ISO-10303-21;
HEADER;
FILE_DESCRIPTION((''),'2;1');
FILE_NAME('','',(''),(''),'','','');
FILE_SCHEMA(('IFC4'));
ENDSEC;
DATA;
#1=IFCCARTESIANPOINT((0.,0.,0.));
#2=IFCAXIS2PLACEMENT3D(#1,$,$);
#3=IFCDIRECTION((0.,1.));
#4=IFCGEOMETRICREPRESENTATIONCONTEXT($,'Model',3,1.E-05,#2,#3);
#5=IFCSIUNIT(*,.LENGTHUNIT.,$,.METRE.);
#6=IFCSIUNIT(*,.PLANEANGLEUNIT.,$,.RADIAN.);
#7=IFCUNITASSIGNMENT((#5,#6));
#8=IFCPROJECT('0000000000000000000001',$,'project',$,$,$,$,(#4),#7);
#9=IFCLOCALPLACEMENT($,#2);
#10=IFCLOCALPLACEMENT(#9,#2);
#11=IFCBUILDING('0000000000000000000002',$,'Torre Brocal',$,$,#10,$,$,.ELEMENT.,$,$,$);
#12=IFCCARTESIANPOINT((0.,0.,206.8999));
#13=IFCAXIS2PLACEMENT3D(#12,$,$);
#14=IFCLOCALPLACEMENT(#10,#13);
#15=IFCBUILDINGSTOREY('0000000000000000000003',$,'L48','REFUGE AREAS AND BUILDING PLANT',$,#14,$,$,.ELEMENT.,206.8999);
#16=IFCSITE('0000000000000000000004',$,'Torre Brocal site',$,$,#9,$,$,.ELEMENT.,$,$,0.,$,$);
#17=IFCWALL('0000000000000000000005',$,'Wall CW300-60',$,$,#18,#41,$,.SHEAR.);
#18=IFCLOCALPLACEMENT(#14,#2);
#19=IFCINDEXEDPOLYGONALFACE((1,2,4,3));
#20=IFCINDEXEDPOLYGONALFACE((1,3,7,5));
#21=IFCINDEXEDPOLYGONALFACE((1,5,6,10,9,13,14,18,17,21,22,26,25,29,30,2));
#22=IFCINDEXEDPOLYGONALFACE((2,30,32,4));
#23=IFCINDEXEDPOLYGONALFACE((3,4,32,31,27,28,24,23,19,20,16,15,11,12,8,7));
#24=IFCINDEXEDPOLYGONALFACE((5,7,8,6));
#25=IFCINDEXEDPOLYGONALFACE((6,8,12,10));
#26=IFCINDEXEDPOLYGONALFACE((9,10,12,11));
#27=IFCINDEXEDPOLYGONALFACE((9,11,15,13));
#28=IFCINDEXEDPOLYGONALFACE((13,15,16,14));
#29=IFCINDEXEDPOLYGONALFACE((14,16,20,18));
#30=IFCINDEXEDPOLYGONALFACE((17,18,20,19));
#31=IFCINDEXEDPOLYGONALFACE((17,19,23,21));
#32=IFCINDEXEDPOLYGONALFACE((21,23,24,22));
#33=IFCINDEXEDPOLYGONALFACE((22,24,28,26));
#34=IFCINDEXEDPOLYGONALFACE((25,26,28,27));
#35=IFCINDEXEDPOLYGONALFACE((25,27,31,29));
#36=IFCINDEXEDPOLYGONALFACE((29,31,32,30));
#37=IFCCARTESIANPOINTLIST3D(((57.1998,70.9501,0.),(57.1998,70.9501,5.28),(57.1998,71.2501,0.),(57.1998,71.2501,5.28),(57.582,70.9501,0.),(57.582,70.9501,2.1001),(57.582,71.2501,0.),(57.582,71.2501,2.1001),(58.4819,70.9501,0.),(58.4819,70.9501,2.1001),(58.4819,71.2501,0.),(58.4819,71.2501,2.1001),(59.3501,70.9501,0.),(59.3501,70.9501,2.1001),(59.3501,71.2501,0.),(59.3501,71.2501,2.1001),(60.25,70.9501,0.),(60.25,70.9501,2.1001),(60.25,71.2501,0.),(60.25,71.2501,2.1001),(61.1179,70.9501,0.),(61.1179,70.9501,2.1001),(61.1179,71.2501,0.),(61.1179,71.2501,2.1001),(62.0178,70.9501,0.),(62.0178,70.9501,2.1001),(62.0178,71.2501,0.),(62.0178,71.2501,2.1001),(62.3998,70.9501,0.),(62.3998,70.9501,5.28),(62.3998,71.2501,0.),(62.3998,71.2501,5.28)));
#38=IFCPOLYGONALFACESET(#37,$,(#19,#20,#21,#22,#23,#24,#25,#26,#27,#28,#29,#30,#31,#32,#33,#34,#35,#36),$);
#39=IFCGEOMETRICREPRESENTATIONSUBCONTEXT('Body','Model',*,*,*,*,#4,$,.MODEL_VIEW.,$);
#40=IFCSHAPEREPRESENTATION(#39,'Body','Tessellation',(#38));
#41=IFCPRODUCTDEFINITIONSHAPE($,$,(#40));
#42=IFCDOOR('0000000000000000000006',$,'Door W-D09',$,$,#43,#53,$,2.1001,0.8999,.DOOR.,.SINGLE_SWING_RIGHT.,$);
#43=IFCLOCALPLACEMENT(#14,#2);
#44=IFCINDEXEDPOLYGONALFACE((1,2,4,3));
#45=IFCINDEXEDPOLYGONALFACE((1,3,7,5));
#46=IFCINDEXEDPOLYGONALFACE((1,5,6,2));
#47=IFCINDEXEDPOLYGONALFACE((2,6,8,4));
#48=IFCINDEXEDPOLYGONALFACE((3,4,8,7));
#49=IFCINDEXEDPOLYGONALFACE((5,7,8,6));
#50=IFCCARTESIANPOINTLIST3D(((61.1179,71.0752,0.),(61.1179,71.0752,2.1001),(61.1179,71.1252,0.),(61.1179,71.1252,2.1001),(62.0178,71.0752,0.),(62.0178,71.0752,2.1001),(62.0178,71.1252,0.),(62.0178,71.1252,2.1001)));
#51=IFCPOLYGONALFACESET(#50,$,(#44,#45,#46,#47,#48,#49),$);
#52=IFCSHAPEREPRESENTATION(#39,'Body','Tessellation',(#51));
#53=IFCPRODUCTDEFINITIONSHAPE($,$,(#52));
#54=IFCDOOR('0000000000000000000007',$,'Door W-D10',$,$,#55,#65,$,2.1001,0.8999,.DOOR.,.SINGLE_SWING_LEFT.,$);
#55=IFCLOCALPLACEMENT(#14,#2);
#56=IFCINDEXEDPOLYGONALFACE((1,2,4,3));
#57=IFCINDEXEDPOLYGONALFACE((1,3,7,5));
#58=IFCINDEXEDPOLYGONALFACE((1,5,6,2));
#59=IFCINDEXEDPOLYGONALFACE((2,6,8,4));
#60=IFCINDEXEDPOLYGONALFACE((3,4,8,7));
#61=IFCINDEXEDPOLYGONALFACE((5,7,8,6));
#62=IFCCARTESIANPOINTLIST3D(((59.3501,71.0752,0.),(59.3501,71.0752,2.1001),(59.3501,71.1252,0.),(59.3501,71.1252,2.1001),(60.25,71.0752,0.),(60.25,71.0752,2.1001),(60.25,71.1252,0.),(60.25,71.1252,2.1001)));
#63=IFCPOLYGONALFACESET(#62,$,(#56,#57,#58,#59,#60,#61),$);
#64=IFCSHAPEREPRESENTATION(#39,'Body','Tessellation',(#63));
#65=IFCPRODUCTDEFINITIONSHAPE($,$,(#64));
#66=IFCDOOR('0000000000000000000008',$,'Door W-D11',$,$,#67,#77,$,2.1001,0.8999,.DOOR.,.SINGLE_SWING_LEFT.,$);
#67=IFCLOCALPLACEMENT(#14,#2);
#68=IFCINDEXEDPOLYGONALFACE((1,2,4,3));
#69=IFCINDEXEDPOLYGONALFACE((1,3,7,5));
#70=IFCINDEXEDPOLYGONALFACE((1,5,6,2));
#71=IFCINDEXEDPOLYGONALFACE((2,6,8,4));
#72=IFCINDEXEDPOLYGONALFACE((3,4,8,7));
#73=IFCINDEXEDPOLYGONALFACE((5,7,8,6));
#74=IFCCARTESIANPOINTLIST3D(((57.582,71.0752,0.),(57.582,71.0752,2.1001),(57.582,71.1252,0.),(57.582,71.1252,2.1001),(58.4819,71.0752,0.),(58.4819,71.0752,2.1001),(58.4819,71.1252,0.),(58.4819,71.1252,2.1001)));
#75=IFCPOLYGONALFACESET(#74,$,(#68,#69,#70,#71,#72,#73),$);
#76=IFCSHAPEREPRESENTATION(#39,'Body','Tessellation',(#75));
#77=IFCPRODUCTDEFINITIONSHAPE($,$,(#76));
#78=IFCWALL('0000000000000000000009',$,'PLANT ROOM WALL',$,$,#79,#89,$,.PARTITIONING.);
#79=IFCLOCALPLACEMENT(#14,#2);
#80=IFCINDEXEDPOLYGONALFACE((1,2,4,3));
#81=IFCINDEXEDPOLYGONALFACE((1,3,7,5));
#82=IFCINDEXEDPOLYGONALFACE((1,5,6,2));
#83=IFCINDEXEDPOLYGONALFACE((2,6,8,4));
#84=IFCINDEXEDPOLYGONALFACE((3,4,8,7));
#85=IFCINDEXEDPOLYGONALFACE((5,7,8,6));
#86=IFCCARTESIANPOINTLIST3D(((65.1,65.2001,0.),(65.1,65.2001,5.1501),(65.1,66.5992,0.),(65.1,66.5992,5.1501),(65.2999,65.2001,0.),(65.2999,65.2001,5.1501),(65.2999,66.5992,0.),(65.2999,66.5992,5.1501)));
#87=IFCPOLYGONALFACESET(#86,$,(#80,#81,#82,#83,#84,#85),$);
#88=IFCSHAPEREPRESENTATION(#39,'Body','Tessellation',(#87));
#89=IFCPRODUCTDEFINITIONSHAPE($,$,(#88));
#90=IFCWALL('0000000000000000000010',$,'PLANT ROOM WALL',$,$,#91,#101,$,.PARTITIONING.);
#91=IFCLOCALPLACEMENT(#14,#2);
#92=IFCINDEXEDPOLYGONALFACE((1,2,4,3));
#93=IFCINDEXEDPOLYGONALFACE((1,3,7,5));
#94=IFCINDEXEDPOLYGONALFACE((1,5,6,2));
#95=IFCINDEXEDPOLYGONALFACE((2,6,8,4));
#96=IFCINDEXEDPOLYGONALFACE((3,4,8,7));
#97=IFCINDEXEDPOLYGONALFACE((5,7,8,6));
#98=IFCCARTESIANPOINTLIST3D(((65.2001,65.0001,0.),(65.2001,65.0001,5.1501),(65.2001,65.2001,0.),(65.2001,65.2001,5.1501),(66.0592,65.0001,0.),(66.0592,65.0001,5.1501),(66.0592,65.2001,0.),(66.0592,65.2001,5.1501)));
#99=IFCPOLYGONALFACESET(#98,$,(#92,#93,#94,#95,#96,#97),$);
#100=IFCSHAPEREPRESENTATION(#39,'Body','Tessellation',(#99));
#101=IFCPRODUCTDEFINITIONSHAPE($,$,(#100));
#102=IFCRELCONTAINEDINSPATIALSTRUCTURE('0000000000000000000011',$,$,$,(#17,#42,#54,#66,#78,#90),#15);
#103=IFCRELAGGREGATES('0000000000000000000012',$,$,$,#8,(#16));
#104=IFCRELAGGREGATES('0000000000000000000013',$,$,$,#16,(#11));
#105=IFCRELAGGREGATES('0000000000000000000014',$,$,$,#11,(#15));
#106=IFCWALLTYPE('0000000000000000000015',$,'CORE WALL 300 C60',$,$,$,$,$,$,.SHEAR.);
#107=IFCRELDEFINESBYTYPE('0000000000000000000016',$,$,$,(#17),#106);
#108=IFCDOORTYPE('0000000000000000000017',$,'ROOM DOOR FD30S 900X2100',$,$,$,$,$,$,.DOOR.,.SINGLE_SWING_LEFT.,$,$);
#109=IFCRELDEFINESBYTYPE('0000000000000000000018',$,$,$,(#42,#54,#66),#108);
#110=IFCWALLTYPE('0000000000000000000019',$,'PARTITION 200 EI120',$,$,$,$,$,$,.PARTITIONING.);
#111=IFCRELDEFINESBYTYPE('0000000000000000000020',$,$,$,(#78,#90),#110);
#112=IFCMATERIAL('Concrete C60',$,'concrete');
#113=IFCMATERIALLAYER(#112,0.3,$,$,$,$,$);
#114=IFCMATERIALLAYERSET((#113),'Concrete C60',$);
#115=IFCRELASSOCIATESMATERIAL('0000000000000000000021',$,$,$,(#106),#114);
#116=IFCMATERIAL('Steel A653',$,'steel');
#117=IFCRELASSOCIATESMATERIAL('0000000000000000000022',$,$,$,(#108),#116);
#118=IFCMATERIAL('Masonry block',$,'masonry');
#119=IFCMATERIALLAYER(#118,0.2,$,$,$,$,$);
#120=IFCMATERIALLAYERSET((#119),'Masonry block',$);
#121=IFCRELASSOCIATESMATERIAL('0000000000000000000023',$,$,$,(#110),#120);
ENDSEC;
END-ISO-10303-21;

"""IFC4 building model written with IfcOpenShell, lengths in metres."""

from ifc_helpers import new_model, si_unit, direction, frame, frame_2d, origin, place, context, subcontext, project, spatial, rectangle, extrude, material, layer, layer_set, type_object, element, fill, save


model = new_model("IFC4")

# Units and contexts
model_context = context("Model", 3, precision=1e-05, world=origin(), true_north=direction((0.0, 1.0)))
body_context = subcontext(model_context, "Body", "Model", "MODEL_VIEW")
ifc_project = project(units=[si_unit("LENGTHUNIT", "METRE"), si_unit("PLANEANGLEUNIT", "RADIAN")], contexts=[model_context])

# Site, building, storey
site_placement = place(None, origin())
site = spatial("IfcSite", under=ifc_project, at=site_placement, Name="Torre Brocal site", CompositionType="ELEMENT", RefElevation=0.0)
building_placement = place(site_placement, origin())
building = spatial("IfcBuilding", under=site, at=building_placement, Name="Torre Brocal", CompositionType="ELEMENT")
storey_placement = place(building_placement, frame((0.0, 0.0, 206.8999)))
storey = spatial("IfcBuildingStorey", under=building, at=storey_placement, Name="L48", Description="REFUGE AREAS AND BUILDING PLANT", CompositionType="ELEMENT", Elevation=206.8999)

# Shared definitions
ifc_material_1 = material(Name="Concrete C60", Category="concrete")
ifc_layer_1 = layer(ifc_material_1, 0.3)
ifc_layer_set_1 = layer_set([ifc_layer_1], Name="Concrete C60")
wall_type_1 = type_object("IfcWallType", Name="CORE WALL 300 C60", PredefinedType="SHEAR", material=ifc_layer_set_1)

# Wall, openings, doors
wall_1_placement = place(storey_placement, frame((62.3999, 71.1001, 0.0), z_axis=(0.0, 0.0, 1.0), x_axis=(-1.0, 0.0, 0.0)))
wall_1 = element("IfcWall", 1, at=wall_1_placement, inside=storey, type_object=wall_type_1, Name="Wall CW300-60", PredefinedType="SHEAR", context=body_context, shape_type="SweptSolid", body=[
    extrude(rectangle(XDim=5.2, YDim=0.3, at=frame_2d((2.6001, 0.0))), origin(), (0.0, 0.0, 1.0), 5.28),
])
opening_1_placement = place(wall_1_placement, frame((0.3821, 0.0, 0.0)))
opening_1 = element("IfcOpeningElement", 2, at=opening_1_placement, cuts=wall_1, PredefinedType="OPENING", context=body_context, shape_type="SweptSolid", body=[
    extrude(rectangle(XDim=0.8999, YDim=2.1001, at=frame_2d((0.45, 1.05))), frame((0.0, 0.1599, 0.0), z_axis=(0.0, -1.0, 0.0), x_axis=(1.0, 0.0, 0.0)), (0.0, 0.0, 1.0), 0.3201),
])
opening_2_placement = place(wall_1_placement, frame((2.1499, 0.0, 0.0)))
opening_2 = element("IfcOpeningElement", 3, at=opening_2_placement, cuts=wall_1, PredefinedType="OPENING", context=body_context, shape_type="SweptSolid", body=[
    extrude(rectangle(XDim=0.8999, YDim=2.1001, at=frame_2d((0.45, 1.05))), frame((0.0, 0.1599, 0.0), z_axis=(0.0, -1.0, 0.0), x_axis=(1.0, 0.0, 0.0)), (0.0, 0.0, 1.0), 0.3201),
])
opening_3_placement = place(wall_1_placement, frame((3.918, 0.0, 0.0)))
opening_3 = element("IfcOpeningElement", 4, at=opening_3_placement, cuts=wall_1, PredefinedType="OPENING", context=body_context, shape_type="SweptSolid", body=[
    extrude(rectangle(XDim=0.8999, YDim=2.1001, at=frame_2d((0.45, 1.05))), frame((0.0, 0.1599, 0.0), z_axis=(0.0, -1.0, 0.0), x_axis=(1.0, 0.0, 0.0)), (0.0, 0.0, 1.0), 0.3201),
])
ifc_material_2 = material(Name="Steel A653", Category="steel")
door_type_1 = type_object("IfcDoorType", Name="ROOM DOOR FD30S 900X2100", OperationType="SINGLE_SWING_LEFT", PredefinedType="DOOR", material=ifc_material_2)
door_1_placement = place(opening_1_placement, origin())
door_1 = element("IfcDoor", 5, at=door_1_placement, inside=storey, type_object=door_type_1, Name="Door W-D09", OperationType="SINGLE_SWING_RIGHT", OverallHeight=2.1001, OverallWidth=0.8999, PredefinedType="DOOR", context=body_context, shape_type="SweptSolid", body=[
    extrude(rectangle(XDim=0.8999, YDim=2.1001, at=frame_2d((0.45, 1.05))), frame((0.0, 0.0249, 0.0), z_axis=(0.0, -1.0, 0.0), x_axis=(1.0, 0.0, 0.0)), (0.0, 0.0, 1.0), 0.05),
])
fill(opening_1, door_1)
door_2_placement = place(opening_2_placement, origin())
door_2 = element("IfcDoor", 6, at=door_2_placement, inside=storey, type_object=door_type_1, Name="Door W-D10", OperationType="SINGLE_SWING_LEFT", OverallHeight=2.1001, OverallWidth=0.8999, PredefinedType="DOOR", context=body_context, shape_type="SweptSolid", body=[
    extrude(rectangle(XDim=0.8999, YDim=2.1001, at=frame_2d((0.45, 1.05))), frame((0.0, 0.0249, 0.0), z_axis=(0.0, -1.0, 0.0), x_axis=(1.0, 0.0, 0.0)), (0.0, 0.0, 1.0), 0.05),
])
fill(opening_2, door_2)
door_3_placement = place(opening_3_placement, origin())
door_3 = element("IfcDoor", 7, at=door_3_placement, inside=storey, type_object=door_type_1, Name="Door W-D11", OperationType="SINGLE_SWING_LEFT", OverallHeight=2.1001, OverallWidth=0.8999, PredefinedType="DOOR", context=body_context, shape_type="SweptSolid", body=[
    extrude(rectangle(XDim=0.8999, YDim=2.1001, at=frame_2d((0.45, 1.05))), frame((0.0, 0.0249, 0.0), z_axis=(0.0, -1.0, 0.0), x_axis=(1.0, 0.0, 0.0)), (0.0, 0.0, 1.0), 0.05),
])
fill(opening_3, door_3)

# Walls
ifc_material_3 = material(Name="Masonry block", Category="masonry")
ifc_layer_2 = layer(ifc_material_3, 0.2)
ifc_layer_set_2 = layer_set([ifc_layer_2], Name="Masonry block")
wall_type_2 = type_object("IfcWallType", Name="PARTITION 200 EI120", PredefinedType="PARTITIONING", material=ifc_layer_set_2)
wall_2_placement = place(storey_placement, frame((65.2, 65.2, 0.0), z_axis=(0.0, 0.0, 1.0), x_axis=(0.0, 1.0, 0.0)))
element("IfcWall", 8, at=wall_2_placement, inside=storey, type_object=wall_type_2, Name="PLANT ROOM WALL", PredefinedType="PARTITIONING", context=body_context, shape_type="SweptSolid", body=[
    extrude(rectangle(XDim=1.3992, YDim=0.2, at=frame_2d((0.6997, 0.0))), origin(), (0.0, 0.0, 1.0), 5.1501),
])
wall_3_placement = place(storey_placement, frame((65.2, 65.1001, 0.0), z_axis=(0.0, 0.0, 1.0), x_axis=(1.0, 0.0, 0.0)))
element("IfcWall", 9, at=wall_3_placement, inside=storey, type_object=wall_type_2, Name="PLANT ROOM WALL", PredefinedType="PARTITIONING", context=body_context, shape_type="SweptSolid", body=[
    extrude(rectangle(XDim=0.8591, YDim=0.2, at=frame_2d((0.4297, 0.0))), origin(), (0.0, 0.0, 1.0), 5.1501),
])

save(model, "model.ifc")
